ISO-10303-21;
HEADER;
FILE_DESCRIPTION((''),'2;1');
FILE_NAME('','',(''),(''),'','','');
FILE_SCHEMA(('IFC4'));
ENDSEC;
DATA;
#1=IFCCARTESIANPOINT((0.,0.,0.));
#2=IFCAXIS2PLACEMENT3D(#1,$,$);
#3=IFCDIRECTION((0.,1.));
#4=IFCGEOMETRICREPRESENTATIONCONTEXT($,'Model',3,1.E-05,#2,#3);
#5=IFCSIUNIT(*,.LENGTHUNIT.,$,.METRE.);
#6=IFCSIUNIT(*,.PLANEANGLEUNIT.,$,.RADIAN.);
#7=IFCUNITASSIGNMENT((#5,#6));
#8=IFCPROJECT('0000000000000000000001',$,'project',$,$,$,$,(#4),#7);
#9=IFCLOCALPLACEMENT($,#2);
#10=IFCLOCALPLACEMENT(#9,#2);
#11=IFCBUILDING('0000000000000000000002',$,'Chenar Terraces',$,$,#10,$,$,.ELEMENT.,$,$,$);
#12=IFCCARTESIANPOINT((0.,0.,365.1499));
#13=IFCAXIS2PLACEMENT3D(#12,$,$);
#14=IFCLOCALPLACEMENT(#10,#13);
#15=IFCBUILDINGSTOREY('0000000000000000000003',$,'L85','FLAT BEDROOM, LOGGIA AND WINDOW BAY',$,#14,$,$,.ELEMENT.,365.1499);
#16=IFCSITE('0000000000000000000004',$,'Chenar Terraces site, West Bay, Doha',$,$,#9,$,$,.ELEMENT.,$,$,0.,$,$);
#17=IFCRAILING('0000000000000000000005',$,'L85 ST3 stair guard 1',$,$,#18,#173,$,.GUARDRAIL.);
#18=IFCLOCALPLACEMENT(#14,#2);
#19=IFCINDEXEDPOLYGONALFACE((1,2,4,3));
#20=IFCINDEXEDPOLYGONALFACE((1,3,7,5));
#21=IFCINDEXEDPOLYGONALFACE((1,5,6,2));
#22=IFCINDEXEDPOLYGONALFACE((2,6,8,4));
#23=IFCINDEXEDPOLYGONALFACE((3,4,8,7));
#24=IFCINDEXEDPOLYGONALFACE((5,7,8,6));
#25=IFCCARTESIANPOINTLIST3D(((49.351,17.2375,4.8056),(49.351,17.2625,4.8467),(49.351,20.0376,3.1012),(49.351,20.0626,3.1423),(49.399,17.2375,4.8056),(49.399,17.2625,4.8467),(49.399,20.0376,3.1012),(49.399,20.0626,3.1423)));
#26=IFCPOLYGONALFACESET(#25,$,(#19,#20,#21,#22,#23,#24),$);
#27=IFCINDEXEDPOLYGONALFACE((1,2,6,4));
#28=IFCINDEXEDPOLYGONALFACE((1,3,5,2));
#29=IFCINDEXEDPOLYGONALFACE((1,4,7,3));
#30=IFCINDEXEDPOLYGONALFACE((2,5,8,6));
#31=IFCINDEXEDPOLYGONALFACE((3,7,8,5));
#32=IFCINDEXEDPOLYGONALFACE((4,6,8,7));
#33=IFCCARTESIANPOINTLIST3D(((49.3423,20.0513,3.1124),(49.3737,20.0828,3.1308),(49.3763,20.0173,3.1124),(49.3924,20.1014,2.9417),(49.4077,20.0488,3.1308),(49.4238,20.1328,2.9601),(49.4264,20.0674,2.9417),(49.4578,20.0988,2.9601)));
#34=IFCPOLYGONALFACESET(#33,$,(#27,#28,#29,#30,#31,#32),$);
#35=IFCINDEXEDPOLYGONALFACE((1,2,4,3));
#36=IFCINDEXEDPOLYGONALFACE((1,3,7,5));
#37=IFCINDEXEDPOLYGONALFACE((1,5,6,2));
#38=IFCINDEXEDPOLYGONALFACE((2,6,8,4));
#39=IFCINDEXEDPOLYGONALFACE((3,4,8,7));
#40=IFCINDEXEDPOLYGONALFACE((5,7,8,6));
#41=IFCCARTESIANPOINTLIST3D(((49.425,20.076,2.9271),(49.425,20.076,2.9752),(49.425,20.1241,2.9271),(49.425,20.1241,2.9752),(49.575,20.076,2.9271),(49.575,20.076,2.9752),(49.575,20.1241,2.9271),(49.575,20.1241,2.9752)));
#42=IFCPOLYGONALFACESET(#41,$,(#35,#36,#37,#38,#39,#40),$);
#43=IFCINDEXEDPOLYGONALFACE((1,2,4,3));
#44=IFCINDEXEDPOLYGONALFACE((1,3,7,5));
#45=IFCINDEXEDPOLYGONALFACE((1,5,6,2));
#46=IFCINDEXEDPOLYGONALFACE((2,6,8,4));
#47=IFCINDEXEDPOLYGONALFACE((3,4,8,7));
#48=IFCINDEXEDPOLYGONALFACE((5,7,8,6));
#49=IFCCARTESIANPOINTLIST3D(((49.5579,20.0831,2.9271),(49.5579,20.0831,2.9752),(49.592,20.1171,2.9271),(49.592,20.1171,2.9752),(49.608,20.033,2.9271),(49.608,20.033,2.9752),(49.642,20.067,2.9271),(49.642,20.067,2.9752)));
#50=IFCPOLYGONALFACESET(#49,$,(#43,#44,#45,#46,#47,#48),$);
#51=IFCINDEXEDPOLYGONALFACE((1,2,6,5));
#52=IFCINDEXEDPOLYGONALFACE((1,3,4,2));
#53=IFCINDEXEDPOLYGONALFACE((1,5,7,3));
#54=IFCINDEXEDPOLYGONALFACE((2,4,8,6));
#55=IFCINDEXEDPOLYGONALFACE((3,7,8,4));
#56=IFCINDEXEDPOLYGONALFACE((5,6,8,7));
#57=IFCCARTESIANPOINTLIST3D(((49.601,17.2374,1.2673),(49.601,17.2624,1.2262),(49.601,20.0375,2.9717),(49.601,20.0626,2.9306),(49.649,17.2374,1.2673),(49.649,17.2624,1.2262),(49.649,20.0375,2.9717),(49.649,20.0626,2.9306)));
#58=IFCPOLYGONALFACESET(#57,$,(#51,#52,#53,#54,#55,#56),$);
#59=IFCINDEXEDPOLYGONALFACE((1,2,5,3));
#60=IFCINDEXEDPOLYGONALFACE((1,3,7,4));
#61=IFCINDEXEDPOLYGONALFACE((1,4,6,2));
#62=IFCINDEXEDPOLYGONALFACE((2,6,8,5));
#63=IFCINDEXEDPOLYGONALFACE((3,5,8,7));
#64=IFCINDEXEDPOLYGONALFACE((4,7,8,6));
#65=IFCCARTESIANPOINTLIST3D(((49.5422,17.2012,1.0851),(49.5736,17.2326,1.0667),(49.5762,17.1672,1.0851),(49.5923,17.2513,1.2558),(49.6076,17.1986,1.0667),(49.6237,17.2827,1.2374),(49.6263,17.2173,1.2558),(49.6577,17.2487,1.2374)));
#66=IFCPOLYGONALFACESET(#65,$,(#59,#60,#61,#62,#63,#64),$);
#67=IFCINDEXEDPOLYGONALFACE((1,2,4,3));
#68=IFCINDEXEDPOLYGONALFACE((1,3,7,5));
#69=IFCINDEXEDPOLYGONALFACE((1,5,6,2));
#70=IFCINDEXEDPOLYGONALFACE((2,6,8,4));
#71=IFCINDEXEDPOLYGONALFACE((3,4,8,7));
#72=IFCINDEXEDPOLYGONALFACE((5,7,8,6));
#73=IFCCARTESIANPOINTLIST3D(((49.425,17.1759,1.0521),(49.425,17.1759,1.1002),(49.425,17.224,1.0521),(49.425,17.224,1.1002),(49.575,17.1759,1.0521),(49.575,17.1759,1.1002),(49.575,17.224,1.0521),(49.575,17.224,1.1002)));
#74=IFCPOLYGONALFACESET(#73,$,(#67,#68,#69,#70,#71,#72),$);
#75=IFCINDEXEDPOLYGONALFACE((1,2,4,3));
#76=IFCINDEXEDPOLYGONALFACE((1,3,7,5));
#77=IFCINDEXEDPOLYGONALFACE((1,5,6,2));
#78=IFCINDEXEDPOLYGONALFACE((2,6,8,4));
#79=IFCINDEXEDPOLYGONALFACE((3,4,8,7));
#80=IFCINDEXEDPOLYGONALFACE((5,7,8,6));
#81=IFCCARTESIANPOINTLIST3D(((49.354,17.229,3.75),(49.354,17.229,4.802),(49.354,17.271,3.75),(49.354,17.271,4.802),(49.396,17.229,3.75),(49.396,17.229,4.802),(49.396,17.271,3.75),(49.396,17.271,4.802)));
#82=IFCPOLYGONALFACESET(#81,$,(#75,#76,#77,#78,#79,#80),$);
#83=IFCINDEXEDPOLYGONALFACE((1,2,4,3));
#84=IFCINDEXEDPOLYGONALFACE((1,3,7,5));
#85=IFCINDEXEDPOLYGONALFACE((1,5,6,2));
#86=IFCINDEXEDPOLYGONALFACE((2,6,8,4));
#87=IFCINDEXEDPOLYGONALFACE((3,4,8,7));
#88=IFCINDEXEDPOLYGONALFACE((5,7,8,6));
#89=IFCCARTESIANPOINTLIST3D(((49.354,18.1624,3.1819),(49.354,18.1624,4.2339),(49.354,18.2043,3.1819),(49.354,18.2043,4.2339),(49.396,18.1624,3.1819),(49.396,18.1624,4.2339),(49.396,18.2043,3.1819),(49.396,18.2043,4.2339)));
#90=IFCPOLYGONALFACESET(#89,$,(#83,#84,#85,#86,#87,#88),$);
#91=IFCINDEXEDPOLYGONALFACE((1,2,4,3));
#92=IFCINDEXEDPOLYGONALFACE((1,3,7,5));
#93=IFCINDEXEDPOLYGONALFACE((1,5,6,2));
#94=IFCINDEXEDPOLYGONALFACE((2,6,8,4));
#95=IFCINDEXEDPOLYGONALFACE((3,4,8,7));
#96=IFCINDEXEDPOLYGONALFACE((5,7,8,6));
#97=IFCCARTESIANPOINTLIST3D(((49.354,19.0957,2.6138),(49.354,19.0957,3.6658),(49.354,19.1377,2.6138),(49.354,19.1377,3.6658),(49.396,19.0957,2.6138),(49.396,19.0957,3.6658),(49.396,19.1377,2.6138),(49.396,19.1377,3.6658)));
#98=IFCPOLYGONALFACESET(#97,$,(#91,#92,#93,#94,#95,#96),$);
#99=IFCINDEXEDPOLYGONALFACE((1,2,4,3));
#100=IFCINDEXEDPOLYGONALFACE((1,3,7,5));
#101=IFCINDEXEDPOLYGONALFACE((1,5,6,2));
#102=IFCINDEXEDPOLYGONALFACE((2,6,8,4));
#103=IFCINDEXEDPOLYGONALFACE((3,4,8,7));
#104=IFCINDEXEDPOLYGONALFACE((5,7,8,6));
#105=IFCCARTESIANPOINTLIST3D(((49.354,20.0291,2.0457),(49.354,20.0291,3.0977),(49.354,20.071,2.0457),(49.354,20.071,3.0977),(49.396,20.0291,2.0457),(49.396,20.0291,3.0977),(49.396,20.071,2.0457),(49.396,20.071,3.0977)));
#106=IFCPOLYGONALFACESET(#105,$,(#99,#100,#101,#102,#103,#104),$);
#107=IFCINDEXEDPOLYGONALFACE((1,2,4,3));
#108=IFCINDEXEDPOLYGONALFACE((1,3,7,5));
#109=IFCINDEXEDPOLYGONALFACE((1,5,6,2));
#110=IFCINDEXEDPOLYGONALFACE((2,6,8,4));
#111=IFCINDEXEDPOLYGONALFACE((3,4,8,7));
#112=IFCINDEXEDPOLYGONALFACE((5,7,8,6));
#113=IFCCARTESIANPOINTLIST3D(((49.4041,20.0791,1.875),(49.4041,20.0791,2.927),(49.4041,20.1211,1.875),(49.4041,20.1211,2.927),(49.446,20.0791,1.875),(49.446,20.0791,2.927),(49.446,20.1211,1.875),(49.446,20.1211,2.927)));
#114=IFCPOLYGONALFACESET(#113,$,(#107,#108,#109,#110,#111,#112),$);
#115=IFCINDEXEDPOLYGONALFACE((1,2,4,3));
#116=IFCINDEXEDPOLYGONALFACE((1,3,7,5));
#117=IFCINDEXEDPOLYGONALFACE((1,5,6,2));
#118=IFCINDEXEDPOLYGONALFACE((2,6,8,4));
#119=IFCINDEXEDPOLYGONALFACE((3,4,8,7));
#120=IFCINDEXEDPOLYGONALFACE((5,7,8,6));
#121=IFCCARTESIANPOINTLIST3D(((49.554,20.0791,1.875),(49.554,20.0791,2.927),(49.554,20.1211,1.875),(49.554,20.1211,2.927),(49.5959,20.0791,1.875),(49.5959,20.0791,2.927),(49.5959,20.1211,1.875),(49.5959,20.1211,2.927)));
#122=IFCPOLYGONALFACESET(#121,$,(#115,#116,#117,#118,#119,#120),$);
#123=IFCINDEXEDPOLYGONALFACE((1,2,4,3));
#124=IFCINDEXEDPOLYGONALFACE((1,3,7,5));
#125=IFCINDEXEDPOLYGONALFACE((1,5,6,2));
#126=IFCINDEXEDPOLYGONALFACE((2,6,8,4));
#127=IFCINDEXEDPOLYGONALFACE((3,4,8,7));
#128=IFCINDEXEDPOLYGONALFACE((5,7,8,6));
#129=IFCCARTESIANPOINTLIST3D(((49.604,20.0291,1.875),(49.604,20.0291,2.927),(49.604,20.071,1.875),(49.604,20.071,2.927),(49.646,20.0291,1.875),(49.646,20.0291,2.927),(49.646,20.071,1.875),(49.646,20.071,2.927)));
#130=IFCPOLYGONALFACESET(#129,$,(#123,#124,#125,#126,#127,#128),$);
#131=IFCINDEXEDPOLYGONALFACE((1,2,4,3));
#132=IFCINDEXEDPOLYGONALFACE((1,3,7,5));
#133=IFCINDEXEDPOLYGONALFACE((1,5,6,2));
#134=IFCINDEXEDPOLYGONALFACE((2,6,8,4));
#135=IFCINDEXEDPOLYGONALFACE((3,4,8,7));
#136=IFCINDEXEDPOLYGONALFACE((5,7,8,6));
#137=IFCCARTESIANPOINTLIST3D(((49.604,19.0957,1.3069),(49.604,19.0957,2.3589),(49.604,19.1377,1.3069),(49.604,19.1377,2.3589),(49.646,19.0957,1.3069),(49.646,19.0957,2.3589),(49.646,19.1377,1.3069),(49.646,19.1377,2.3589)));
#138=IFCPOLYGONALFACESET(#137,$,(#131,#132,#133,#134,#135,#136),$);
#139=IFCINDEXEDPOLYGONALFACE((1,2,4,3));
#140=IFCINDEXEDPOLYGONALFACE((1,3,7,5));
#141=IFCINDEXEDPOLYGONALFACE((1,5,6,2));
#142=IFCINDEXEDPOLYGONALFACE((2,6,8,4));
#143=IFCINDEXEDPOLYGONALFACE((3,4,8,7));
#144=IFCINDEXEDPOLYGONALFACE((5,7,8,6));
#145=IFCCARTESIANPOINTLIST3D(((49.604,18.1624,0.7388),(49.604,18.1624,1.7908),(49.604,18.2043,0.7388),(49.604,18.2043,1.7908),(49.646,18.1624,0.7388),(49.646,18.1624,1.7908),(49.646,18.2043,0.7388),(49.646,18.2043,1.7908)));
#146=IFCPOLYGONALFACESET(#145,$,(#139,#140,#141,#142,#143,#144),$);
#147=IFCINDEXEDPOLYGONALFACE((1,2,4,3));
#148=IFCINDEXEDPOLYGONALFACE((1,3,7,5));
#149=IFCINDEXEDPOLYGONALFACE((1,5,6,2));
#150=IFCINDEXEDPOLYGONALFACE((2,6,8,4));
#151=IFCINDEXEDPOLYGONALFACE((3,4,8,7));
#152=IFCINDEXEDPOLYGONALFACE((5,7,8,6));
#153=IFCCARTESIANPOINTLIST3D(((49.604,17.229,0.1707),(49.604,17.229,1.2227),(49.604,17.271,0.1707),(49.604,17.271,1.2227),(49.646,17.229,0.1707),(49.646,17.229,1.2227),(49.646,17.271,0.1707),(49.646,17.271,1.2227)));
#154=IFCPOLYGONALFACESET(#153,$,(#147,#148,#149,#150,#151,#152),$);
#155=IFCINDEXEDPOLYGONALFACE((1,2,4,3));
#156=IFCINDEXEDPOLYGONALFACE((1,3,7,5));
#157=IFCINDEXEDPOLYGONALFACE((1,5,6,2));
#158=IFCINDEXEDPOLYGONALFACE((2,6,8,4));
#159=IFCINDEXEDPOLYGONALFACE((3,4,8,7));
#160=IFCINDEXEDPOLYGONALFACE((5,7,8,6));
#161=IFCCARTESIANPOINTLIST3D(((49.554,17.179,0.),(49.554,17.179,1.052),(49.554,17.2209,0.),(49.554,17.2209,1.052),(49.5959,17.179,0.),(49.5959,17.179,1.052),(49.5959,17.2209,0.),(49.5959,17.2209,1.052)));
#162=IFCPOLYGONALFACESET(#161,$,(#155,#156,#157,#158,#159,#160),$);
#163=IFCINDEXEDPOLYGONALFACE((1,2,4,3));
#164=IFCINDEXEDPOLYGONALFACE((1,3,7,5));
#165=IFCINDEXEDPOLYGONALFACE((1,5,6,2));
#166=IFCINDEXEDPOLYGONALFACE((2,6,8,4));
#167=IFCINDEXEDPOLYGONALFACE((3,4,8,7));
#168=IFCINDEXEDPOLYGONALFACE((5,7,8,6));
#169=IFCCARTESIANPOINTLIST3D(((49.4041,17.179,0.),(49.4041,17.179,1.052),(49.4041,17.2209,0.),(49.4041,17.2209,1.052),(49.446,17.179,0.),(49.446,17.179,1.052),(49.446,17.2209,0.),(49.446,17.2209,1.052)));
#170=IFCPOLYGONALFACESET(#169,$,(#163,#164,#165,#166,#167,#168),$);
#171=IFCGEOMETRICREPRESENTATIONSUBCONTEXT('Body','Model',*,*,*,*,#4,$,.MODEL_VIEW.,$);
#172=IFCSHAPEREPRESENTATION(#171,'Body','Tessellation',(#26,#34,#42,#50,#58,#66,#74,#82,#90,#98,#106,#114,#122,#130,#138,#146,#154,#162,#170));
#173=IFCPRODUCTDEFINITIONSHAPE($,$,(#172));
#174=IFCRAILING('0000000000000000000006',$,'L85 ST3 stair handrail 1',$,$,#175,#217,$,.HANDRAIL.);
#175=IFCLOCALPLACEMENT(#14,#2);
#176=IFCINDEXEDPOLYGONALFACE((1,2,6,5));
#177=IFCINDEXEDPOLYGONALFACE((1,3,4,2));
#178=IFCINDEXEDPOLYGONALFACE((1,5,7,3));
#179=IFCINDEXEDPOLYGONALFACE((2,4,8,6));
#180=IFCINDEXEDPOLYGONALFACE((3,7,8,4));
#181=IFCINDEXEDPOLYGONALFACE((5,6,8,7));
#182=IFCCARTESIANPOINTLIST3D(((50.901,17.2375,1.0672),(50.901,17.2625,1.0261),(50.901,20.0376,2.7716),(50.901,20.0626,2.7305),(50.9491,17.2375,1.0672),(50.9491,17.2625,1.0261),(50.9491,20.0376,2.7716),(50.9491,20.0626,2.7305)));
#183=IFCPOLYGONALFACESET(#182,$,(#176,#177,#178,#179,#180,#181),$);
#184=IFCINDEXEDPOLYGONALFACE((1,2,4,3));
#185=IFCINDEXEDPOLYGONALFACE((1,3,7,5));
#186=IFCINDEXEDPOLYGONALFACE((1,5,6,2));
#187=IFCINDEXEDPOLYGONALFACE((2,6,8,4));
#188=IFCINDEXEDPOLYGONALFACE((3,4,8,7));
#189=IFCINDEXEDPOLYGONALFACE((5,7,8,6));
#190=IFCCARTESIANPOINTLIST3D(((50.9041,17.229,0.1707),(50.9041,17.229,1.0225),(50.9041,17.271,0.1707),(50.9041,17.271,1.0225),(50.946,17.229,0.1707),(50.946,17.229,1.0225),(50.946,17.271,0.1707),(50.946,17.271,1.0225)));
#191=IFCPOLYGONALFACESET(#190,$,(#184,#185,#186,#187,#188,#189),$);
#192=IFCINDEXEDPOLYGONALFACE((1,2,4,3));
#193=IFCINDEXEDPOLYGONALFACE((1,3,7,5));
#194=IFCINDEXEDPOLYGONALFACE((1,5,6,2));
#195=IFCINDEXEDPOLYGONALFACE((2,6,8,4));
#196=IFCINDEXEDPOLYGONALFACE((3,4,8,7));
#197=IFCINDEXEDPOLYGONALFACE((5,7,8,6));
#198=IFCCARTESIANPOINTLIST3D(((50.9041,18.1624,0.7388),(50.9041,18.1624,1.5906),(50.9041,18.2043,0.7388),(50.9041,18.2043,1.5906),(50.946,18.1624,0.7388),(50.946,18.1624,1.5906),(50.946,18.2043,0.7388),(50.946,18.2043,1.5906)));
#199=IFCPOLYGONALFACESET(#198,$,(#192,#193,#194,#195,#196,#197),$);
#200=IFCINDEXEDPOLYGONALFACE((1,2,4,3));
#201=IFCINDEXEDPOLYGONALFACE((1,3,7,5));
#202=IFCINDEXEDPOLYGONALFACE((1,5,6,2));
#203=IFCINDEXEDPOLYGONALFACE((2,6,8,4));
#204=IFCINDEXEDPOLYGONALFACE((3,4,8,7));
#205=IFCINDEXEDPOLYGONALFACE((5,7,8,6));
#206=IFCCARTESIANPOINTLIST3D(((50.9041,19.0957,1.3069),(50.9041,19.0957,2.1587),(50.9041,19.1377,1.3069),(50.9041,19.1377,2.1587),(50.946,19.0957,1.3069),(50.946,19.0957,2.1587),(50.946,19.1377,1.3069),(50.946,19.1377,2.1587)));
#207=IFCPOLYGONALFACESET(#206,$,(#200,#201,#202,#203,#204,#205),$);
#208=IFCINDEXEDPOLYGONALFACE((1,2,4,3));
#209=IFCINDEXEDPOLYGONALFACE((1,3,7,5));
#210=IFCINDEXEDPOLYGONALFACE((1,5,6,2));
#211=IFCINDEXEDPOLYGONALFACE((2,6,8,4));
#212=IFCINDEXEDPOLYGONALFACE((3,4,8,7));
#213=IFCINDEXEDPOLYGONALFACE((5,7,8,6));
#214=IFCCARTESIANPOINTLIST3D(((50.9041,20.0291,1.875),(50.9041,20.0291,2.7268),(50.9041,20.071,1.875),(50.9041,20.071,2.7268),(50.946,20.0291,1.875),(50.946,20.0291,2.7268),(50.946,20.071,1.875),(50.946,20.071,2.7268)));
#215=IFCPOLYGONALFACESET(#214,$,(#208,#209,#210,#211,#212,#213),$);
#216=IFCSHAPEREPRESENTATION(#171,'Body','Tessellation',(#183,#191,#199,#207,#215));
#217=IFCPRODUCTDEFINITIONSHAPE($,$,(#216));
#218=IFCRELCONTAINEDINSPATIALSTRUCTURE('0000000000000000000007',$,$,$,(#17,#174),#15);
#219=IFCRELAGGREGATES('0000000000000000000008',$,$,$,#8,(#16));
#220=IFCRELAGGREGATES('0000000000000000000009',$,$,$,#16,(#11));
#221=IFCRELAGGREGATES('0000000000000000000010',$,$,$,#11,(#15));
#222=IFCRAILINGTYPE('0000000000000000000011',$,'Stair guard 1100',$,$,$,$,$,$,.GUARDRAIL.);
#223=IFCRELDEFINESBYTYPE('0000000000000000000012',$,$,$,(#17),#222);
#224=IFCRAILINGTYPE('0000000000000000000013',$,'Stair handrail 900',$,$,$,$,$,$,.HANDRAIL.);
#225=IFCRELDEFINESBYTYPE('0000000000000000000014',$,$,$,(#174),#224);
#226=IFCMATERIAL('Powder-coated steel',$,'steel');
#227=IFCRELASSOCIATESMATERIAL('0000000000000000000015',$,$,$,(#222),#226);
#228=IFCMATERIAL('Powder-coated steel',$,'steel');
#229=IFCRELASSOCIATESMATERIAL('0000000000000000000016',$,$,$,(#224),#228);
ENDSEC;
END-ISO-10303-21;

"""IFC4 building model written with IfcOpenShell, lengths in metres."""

from ifc_helpers import new_model, si_unit, direction, frame, origin, origin_2d, place, context, subcontext, project, spatial, rectangle, extrude, material, type_object, element, save


model = new_model("IFC4")

# Units and contexts
model_context = context("Model", 3, precision=1e-05, world=origin(), true_north=direction((0.0, 1.0)))
body_context = subcontext(model_context, "Body", "Model", "MODEL_VIEW")
ifc_project = project(units=[si_unit("LENGTHUNIT", "METRE"), si_unit("PLANEANGLEUNIT", "RADIAN")], contexts=[model_context])

# Site, building, storey
site_placement = place(None, origin())
site = spatial("IfcSite", under=ifc_project, at=site_placement, Name="Chenar Terraces site, West Bay, Doha", CompositionType="ELEMENT", RefElevation=0.0)
building_placement = place(site_placement, origin())
building = spatial("IfcBuilding", under=site, at=building_placement, Name="Chenar Terraces", CompositionType="ELEMENT")
storey_placement = place(building_placement, frame((0.0, 0.0, 365.1499)))
storey = spatial("IfcBuildingStorey", under=building, at=storey_placement, Name="L85", Description="FLAT BEDROOM, LOGGIA AND WINDOW BAY", CompositionType="ELEMENT", Elevation=365.1499)

# Railings
ifc_material_1 = material(Name="Powder-coated steel", Category="steel")
railing_type_1 = type_object("IfcRailingType", Name="Stair guard 1100", PredefinedType="GUARDRAIL", material=ifc_material_1)
railing_1_placement = place(storey_placement, frame((49.375, 17.25, 3.75)))
element("IfcRailing", 1, at=railing_1_placement, inside=storey, type_object=railing_type_1, Name="L85 ST3 stair guard 1", PredefinedType="GUARDRAIL", context=body_context, shape_type="SweptSolid", body=[
    extrude(rectangle(XDim=0.0481, YDim=0.0481, at=origin_2d()), frame((0.0, 0.0, 1.0762), z_axis=(0.0, 0.854203, -0.51994), x_axis=(-1.0, 0.0, 0.0)), (0.0, 0.0, 1.0), 3.2781),
    extrude(rectangle(XDim=0.0481, YDim=0.0481, at=origin_2d()), frame((0.0, 2.8, -0.6284), z_axis=(0.2709, 0.2709, -0.923703), x_axis=(-0.707107, 0.707107, 0.0)), (0.0, 0.0, 1.0), 0.1848),
    extrude(rectangle(XDim=0.0481, YDim=0.0481, at=origin_2d()), frame((0.05, 2.8501, -0.7988), z_axis=(1.0, 0.0, 0.0), x_axis=(0.0, 1.0, 0.0)), (0.0, 0.0, 1.0), 0.1499),
    extrude(rectangle(XDim=0.0481, YDim=0.0481, at=origin_2d()), frame((0.2, 2.8501, -0.7988), z_axis=(0.707107, -0.707107, 0.0), x_axis=(0.707107, 0.707107, 0.0)), (0.0, 0.0, 1.0), 0.0708),
    extrude(rectangle(XDim=0.0481, YDim=0.0481, at=origin_2d()), frame((0.25, 2.8, -0.7988), z_axis=(0.0, -0.854203, -0.51994), x_axis=(1.0, 0.0, 0.0)), (0.0, 0.0, 1.0), 3.2781),
    extrude(rectangle(XDim=0.0481, YDim=0.0481, at=origin_2d()), frame((0.25, 0.0, -2.5034), z_axis=(-0.2709, -0.2709, -0.923703), x_axis=(0.707107, -0.707107, 0.0)), (0.0, 0.0, 1.0), 0.1848),
    extrude(rectangle(XDim=0.0481, YDim=0.0481, at=origin_2d()), frame((0.2, -0.05, -2.6738), z_axis=(-1.0, 0.0, 0.0), x_axis=(0.0, -1.0, 0.0)), (0.0, 0.0, 1.0), 0.1499),
    extrude(rectangle(XDim=0.042, YDim=0.042, at=origin_2d()), origin(), (0.0, 0.0, 1.0), 1.052),
    extrude(rectangle(XDim=0.042, YDim=0.042, at=origin_2d()), frame((0.0, 0.9333, -0.5681)), (0.0, 0.0, 1.0), 1.052),
    extrude(rectangle(XDim=0.042, YDim=0.042, at=origin_2d()), frame((0.0, 1.8667, -1.1362)), (0.0, 0.0, 1.0), 1.052),
    extrude(rectangle(XDim=0.042, YDim=0.042, at=origin_2d()), frame((0.0, 2.8, -1.7043)), (0.0, 0.0, 1.0), 1.052),
    extrude(rectangle(XDim=0.042, YDim=0.042, at=origin_2d()), frame((0.05, 2.8501, -1.875)), (0.0, 0.0, 1.0), 1.052),
    extrude(rectangle(XDim=0.042, YDim=0.042, at=origin_2d()), frame((0.2, 2.8501, -1.875)), (0.0, 0.0, 1.0), 1.052),
    extrude(rectangle(XDim=0.042, YDim=0.042, at=origin_2d()), frame((0.25, 2.8, -1.875)), (0.0, 0.0, 1.0), 1.052),
    extrude(rectangle(XDim=0.042, YDim=0.042, at=origin_2d()), frame((0.25, 1.8667, -2.4431)), (0.0, 0.0, 1.0), 1.052),
    extrude(rectangle(XDim=0.042, YDim=0.042, at=origin_2d()), frame((0.25, 0.9333, -3.0112)), (0.0, 0.0, 1.0), 1.052),
    extrude(rectangle(XDim=0.042, YDim=0.042, at=origin_2d()), frame((0.25, 0.0, -3.5793)), (0.0, 0.0, 1.0), 1.052),
    extrude(rectangle(XDim=0.042, YDim=0.042, at=origin_2d()), frame((0.2, -0.05, -3.75)), (0.0, 0.0, 1.0), 1.052),
    extrude(rectangle(XDim=0.042, YDim=0.042, at=origin_2d()), frame((0.05, -0.05, -3.75)), (0.0, 0.0, 1.0), 1.052),
])
ifc_material_2 = material(Name="Powder-coated steel", Category="steel")
railing_type_2 = type_object("IfcRailingType", Name="Stair handrail 900", PredefinedType="HANDRAIL", material=ifc_material_2)
railing_2_placement = place(storey_placement, frame((50.925, 17.25, 0.1707)))
element("IfcRailing", 2, at=railing_2_placement, inside=storey, type_object=railing_type_2, Name="L85 ST3 stair handrail 1", PredefinedType="HANDRAIL", context=body_context, shape_type="SweptSolid", body=[
    extrude(rectangle(XDim=0.0481, YDim=0.0481, at=origin_2d()), frame((0.0, 0.0, 0.876), z_axis=(0.0, 0.854203, 0.51994), x_axis=(-1.0, 0.0, 0.0)), (0.0, 0.0, 1.0), 3.2781),
    extrude(rectangle(XDim=0.042, YDim=0.042, at=origin_2d()), origin(), (0.0, 0.0, 1.0), 0.8518),
    extrude(rectangle(XDim=0.042, YDim=0.042, at=origin_2d()), frame((0.0, 0.9333, 0.5681)), (0.0, 0.0, 1.0), 0.8518),
    extrude(rectangle(XDim=0.042, YDim=0.042, at=origin_2d()), frame((0.0, 1.8667, 1.1362)), (0.0, 0.0, 1.0), 0.8518),
    extrude(rectangle(XDim=0.042, YDim=0.042, at=origin_2d()), frame((0.0, 2.8, 1.7043)), (0.0, 0.0, 1.0), 0.8518),
])

save(model, "model.ifc")
